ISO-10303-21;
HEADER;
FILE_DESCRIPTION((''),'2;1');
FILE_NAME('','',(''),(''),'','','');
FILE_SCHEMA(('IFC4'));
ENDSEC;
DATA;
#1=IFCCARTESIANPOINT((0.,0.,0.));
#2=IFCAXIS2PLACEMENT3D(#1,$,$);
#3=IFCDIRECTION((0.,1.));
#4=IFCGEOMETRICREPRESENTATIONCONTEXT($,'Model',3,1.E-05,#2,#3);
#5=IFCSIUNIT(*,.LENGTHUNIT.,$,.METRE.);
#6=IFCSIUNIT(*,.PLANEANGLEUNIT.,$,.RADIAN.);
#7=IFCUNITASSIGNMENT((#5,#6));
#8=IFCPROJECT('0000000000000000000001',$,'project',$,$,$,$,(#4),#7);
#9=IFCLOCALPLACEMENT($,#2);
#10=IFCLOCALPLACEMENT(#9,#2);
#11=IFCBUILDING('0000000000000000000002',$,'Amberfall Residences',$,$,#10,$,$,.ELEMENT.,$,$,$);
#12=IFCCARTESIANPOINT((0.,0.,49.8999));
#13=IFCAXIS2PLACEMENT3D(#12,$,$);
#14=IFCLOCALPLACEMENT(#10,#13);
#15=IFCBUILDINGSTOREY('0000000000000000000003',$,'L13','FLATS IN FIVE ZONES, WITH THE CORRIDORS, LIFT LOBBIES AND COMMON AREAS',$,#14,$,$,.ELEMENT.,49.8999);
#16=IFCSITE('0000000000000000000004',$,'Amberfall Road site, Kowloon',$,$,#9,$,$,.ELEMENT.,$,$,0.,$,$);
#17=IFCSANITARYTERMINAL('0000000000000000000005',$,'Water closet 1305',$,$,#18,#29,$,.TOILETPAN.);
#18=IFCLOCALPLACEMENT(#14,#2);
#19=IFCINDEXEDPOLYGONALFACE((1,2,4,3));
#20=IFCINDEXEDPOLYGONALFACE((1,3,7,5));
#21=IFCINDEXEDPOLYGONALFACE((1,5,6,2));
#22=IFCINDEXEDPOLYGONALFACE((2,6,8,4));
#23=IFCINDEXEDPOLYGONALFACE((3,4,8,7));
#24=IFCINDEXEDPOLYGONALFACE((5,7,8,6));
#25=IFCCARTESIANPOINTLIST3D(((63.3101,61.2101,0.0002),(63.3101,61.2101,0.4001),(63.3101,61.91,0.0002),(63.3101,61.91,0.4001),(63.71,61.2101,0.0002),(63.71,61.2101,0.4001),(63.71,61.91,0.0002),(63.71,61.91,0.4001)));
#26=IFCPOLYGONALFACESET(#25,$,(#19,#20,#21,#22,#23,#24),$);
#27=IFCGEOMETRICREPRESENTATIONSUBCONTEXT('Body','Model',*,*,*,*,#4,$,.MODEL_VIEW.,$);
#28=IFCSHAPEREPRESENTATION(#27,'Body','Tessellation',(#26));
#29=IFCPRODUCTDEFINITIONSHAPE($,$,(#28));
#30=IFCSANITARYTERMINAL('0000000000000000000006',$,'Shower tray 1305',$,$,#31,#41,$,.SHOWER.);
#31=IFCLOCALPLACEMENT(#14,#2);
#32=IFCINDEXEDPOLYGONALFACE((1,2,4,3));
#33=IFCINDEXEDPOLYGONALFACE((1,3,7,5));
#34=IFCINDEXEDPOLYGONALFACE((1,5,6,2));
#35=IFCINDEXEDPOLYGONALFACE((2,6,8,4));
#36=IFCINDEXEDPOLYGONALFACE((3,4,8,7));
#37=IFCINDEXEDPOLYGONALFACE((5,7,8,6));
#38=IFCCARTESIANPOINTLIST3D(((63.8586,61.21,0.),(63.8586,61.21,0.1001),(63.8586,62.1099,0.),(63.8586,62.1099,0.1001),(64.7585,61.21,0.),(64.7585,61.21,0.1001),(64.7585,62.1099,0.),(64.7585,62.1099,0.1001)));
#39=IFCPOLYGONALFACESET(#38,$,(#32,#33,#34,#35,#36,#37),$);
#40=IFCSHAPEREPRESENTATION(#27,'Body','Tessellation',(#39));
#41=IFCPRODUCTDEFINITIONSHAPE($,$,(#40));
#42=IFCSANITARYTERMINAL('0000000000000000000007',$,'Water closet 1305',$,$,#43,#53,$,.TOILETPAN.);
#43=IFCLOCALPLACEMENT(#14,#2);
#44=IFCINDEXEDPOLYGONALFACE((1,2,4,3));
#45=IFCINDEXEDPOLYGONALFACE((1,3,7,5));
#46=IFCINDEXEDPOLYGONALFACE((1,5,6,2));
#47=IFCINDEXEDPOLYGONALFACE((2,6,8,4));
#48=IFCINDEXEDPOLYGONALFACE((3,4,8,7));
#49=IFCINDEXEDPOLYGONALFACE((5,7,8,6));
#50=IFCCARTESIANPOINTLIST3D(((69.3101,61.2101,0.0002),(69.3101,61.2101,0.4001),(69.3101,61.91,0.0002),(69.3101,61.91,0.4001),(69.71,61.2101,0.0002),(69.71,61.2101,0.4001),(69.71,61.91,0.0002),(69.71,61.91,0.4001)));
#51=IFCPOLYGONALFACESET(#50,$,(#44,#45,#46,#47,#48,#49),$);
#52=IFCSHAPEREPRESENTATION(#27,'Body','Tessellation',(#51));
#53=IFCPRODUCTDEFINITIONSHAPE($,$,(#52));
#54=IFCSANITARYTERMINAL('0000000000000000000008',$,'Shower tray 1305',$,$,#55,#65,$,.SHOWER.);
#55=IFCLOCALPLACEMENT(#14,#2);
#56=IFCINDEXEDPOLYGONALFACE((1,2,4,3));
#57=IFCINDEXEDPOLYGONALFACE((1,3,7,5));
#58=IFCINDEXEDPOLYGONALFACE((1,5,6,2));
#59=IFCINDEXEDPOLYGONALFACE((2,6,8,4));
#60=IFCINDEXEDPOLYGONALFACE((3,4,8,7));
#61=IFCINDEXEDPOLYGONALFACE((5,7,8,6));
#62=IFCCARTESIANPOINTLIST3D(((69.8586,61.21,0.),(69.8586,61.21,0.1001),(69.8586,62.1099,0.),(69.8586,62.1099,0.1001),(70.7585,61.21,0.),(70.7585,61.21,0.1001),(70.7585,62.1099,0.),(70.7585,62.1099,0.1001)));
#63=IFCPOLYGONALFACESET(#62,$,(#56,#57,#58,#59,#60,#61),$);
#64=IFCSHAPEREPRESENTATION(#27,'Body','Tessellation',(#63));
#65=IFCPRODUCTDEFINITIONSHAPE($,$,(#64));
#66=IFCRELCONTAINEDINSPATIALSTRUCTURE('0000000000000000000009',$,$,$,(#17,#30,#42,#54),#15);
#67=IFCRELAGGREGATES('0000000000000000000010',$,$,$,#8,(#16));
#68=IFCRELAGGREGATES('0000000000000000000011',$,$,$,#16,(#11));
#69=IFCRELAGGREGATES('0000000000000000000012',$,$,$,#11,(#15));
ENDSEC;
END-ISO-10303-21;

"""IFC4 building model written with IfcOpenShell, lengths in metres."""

from ifc_helpers import new_model, si_unit, direction, frame, origin, origin_2d, place, context, subcontext, project, spatial, rectangle, extrude, element, save


model = new_model("IFC4")

# Units and contexts
model_context = context("Model", 3, precision=1e-05, world=origin(), true_north=direction((0.0, 1.0)))
body_context = subcontext(model_context, "Body", "Model", "MODEL_VIEW")
ifc_project = project(units=[si_unit("LENGTHUNIT", "METRE"), si_unit("PLANEANGLEUNIT", "RADIAN")], contexts=[model_context])

# Site, building, storey
site_placement = place(None, origin())
site = spatial("IfcSite", under=ifc_project, at=site_placement, Name="Amberfall Road site, Kowloon", CompositionType="ELEMENT", RefElevation=0.0)
building_placement = place(site_placement, origin())
building = spatial("IfcBuilding", under=site, at=building_placement, Name="Amberfall Residences", CompositionType="ELEMENT")
storey_placement = place(building_placement, frame((0.0, 0.0, 49.8999)))
storey = spatial("IfcBuildingStorey", under=building, at=storey_placement, Name="L13", Description="FLATS IN FIVE ZONES, WITH THE CORRIDORS, LIFT LOBBIES AND COMMON AREAS", CompositionType="ELEMENT", Elevation=49.8999)

# Sanitary terminals
sanitary_terminal_1_placement = place(storey_placement, frame((63.51, 61.5601, 0.0002), z_axis=(0.0, 0.0, 1.0), x_axis=(1.0, 0.0, 0.0)))
element("IfcSanitaryTerminal", 1, at=sanitary_terminal_1_placement, inside=storey, Name="Water closet 1305", PredefinedType="TOILETPAN", context=body_context, shape_type="SweptSolid", body=[
    extrude(rectangle(XDim=0.3999, YDim=0.7, at=origin_2d()), origin(), (0.0, 0.0, 1.0), 0.3999),
])
sanitary_terminal_2_placement = place(storey_placement, frame((64.3086, 61.6599, 0.0), z_axis=(0.0, 0.0, 1.0), x_axis=(1.0, 0.0, 0.0)))
element("IfcSanitaryTerminal", 2, at=sanitary_terminal_2_placement, inside=storey, Name="Shower tray 1305", PredefinedType="SHOWER", context=body_context, shape_type="SweptSolid", body=[
    extrude(rectangle(XDim=0.8999, YDim=0.8999, at=origin_2d()), origin(), (0.0, 0.0, 1.0), 0.1001),
])
sanitary_terminal_3_placement = place(storey_placement, frame((69.51, 61.5601, 0.0002), z_axis=(0.0, 0.0, 1.0), x_axis=(1.0, 0.0, 0.0)))
element("IfcSanitaryTerminal", 3, at=sanitary_terminal_3_placement, inside=storey, Name="Water closet 1305", PredefinedType="TOILETPAN", context=body_context, shape_type="SweptSolid", body=[
    extrude(rectangle(XDim=0.3999, YDim=0.7, at=origin_2d()), origin(), (0.0, 0.0, 1.0), 0.3999),
])
sanitary_terminal_4_placement = place(storey_placement, frame((70.3086, 61.6599, 0.0), z_axis=(0.0, 0.0, 1.0), x_axis=(1.0, 0.0, 0.0)))
element("IfcSanitaryTerminal", 4, at=sanitary_terminal_4_placement, inside=storey, Name="Shower tray 1305", PredefinedType="SHOWER", context=body_context, shape_type="SweptSolid", body=[
    extrude(rectangle(XDim=0.8999, YDim=0.8999, at=origin_2d()), origin(), (0.0, 0.0, 1.0), 0.1001),
])

save(model, "model.ifc")
